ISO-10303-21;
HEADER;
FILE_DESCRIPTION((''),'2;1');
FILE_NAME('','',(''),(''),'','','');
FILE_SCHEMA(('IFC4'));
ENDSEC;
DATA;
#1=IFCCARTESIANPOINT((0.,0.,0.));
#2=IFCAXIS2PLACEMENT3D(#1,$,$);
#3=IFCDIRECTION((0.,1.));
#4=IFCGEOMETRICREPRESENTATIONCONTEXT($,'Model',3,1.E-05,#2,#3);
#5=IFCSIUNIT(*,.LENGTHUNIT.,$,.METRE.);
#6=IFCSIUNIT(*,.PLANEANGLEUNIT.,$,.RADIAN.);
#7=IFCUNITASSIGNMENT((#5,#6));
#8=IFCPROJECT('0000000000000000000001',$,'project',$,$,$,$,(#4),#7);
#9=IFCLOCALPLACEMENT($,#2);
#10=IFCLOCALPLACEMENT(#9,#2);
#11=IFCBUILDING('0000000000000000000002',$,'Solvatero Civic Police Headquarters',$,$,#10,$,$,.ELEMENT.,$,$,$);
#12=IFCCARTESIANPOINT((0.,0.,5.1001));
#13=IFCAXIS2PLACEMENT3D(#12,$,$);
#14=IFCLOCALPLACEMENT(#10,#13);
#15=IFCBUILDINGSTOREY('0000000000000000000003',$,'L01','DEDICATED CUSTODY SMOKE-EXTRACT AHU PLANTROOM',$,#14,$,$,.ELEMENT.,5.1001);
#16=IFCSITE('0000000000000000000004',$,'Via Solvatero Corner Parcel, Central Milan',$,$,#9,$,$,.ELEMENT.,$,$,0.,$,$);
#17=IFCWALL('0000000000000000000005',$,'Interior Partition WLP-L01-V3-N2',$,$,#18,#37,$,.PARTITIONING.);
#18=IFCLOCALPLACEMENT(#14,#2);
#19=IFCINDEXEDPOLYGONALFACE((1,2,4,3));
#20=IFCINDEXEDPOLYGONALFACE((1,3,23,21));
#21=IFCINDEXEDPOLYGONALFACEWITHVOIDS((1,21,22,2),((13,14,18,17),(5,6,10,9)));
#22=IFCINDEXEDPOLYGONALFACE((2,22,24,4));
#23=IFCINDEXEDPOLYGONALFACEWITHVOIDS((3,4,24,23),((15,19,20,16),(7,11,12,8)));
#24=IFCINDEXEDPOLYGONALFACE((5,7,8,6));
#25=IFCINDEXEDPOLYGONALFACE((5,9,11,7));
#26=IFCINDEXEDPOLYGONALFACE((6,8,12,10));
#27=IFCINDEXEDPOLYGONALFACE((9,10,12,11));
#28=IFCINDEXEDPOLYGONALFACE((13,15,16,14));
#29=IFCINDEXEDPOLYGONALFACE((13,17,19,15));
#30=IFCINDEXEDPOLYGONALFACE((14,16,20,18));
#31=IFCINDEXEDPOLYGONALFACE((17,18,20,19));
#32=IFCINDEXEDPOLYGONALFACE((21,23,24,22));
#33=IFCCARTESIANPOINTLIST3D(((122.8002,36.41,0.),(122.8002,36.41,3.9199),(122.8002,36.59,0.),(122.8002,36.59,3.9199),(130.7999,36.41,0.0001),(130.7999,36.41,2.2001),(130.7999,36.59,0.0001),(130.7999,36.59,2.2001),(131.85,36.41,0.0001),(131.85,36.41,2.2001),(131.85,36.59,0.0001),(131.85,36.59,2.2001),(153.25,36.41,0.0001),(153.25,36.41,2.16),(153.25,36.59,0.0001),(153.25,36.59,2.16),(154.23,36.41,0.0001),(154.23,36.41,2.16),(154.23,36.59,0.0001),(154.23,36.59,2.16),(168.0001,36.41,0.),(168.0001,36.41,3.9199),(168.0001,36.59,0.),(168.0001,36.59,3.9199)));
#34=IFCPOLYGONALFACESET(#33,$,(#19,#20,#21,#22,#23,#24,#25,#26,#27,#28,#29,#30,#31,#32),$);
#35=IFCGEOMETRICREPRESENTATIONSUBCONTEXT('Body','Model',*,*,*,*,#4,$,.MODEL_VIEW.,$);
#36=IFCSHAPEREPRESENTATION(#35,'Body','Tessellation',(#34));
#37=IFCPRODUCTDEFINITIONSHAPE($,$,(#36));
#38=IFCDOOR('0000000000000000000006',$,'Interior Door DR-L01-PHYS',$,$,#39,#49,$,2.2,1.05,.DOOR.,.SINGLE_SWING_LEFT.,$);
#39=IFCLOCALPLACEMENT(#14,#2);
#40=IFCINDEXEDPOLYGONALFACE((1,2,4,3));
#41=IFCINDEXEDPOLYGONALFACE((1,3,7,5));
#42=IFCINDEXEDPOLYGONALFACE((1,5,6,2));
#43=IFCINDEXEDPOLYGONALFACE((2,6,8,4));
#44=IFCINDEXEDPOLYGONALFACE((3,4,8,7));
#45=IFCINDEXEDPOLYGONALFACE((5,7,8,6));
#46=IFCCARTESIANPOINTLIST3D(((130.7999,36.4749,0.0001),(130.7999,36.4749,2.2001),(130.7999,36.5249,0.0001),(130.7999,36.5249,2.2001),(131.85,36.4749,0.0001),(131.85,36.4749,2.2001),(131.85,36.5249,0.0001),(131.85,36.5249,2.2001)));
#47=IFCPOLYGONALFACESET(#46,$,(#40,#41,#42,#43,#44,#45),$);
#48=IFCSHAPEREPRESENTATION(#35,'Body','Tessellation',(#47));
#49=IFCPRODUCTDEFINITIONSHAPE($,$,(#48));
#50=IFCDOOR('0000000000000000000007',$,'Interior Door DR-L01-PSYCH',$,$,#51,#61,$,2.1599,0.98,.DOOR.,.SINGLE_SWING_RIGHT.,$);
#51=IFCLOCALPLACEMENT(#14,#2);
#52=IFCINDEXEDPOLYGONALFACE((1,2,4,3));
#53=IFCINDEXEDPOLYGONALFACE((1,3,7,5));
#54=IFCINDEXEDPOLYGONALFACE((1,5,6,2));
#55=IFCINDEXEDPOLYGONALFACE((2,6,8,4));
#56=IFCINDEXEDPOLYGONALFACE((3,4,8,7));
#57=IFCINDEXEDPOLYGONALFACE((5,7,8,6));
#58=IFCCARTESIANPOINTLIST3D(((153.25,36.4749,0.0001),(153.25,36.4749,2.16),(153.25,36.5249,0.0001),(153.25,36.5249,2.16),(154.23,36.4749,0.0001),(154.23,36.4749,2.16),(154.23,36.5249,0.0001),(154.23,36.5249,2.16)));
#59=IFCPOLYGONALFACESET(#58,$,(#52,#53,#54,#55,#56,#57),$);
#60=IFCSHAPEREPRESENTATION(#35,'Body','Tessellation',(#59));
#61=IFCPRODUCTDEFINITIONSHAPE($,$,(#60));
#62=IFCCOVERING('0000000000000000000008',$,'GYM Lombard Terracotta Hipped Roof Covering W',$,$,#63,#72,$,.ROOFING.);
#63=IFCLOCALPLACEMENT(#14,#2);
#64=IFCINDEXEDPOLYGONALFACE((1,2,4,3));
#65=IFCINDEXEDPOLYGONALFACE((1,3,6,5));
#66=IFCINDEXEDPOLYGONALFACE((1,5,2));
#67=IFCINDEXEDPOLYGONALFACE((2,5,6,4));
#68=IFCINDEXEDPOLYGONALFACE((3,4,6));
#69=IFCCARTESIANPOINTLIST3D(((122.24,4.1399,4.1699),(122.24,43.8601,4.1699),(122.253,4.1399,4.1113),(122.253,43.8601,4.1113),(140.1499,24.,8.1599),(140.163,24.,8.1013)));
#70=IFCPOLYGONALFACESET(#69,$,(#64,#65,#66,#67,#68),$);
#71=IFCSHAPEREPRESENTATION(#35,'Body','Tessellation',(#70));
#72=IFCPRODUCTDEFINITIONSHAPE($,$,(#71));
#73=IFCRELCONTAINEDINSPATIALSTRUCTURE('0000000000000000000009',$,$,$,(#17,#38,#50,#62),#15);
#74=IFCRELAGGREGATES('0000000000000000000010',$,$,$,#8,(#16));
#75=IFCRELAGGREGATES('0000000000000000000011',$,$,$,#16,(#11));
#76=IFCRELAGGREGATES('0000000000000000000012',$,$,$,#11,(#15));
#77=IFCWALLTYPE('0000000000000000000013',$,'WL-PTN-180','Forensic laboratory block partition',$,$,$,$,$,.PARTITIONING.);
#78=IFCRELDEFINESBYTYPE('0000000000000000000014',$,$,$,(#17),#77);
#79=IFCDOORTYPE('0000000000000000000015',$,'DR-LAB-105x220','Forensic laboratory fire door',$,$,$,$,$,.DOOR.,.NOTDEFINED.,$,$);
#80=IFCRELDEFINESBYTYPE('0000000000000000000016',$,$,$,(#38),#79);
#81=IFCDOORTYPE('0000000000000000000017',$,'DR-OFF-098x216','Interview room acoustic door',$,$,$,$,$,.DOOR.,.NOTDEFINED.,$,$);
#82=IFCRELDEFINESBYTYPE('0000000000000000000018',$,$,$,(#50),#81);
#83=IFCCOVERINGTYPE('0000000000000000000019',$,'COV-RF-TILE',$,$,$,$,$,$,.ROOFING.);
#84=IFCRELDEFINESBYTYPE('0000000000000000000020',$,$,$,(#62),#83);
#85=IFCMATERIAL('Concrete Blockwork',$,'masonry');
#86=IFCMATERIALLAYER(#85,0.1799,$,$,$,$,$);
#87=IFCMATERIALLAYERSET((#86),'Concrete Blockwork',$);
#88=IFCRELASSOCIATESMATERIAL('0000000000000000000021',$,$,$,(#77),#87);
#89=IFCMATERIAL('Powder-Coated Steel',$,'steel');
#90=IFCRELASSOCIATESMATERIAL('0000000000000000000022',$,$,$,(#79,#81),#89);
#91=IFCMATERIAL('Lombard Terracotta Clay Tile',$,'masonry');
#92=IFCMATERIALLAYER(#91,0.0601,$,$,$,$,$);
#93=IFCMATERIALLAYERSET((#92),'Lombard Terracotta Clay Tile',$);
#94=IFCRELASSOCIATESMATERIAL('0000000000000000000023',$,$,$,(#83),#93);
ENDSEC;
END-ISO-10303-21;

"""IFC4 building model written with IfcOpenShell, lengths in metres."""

from ifc_helpers import new_model, si_unit, direction, frame, frame_2d, origin, place, context, subcontext, project, spatial, polyline, rectangle, outline, extrude, material, layer, layer_set, type_object, element, fill, save


model = new_model("IFC4")

# Units and contexts
model_context = context("Model", 3, precision=1e-05, world=origin(), true_north=direction((0.0, 1.0)))
body_context = subcontext(model_context, "Body", "Model", "MODEL_VIEW")
ifc_project = project(units=[si_unit("LENGTHUNIT", "METRE"), si_unit("PLANEANGLEUNIT", "RADIAN")], contexts=[model_context])

# Site, building, storey
site_placement = place(None, origin())
site = spatial("IfcSite", under=ifc_project, at=site_placement, Name="Via Solvatero Corner Parcel, Central Milan", CompositionType="ELEMENT", RefElevation=0.0)
building_placement = place(site_placement, origin())
building = spatial("IfcBuilding", under=site, at=building_placement, Name="Solvatero Civic Police Headquarters", CompositionType="ELEMENT")
storey_placement = place(building_placement, frame((0.0, 0.0, 5.1001)))
storey = spatial("IfcBuildingStorey", under=building, at=storey_placement, Name="L01", Description="DEDICATED CUSTODY SMOKE-EXTRACT AHU PLANTROOM", CompositionType="ELEMENT", Elevation=5.1001)

# Wall, openings, doors
ifc_material_1 = material(Name="Concrete Blockwork", Category="masonry")
ifc_layer_1 = layer(ifc_material_1, 0.1799)
ifc_layer_set_1 = layer_set([ifc_layer_1], Name="Concrete Blockwork")
wall_type_1 = type_object("IfcWallType", Name="WL-PTN-180", Description="Forensic laboratory block partition", PredefinedType="PARTITIONING", material=ifc_layer_set_1)
wall_1_placement = place(storey_placement, frame((122.8, 36.5, 0.0), z_axis=(0.0, 0.0, 1.0), x_axis=(1.0, 0.0, 0.0)))
wall_1 = element("IfcWall", 1, at=wall_1_placement, inside=storey, type_object=wall_type_1, Name="Interior Partition WLP-L01-V3-N2", PredefinedType="PARTITIONING", context=body_context, shape_type="SweptSolid", body=[
    extrude(rectangle(XDim=45.2, YDim=0.1799, at=frame_2d((22.6001, 0.0))), origin(), (0.0, 0.0, 1.0), 3.9199),
])
opening_1_placement = place(wall_1_placement, frame((8.0, 0.0, 0.0)))
opening_1 = element("IfcOpeningElement", 2, at=opening_1_placement, cuts=wall_1, PredefinedType="OPENING", context=body_context, shape_type="SweptSolid", body=[
    extrude(rectangle(XDim=1.05, YDim=2.2, at=frame_2d((0.5249, 1.1001))), frame((0.0, 0.0999, 0.0), z_axis=(0.0, -1.0, 0.0), x_axis=(1.0, 0.0, 0.0)), (0.0, 0.0, 1.0), 0.2),
])
opening_2_placement = place(wall_1_placement, frame((30.45, 0.0, 0.0)))
opening_2 = element("IfcOpeningElement", 3, at=opening_2_placement, cuts=wall_1, PredefinedType="OPENING", context=body_context, shape_type="SweptSolid", body=[
    extrude(rectangle(XDim=0.98, YDim=2.1599, at=frame_2d((0.49, 1.0801))), frame((0.0, 0.0999, 0.0), z_axis=(0.0, -1.0, 0.0), x_axis=(1.0, 0.0, 0.0)), (0.0, 0.0, 1.0), 0.2),
])
ifc_material_2 = material(Name="Powder-Coated Steel", Category="steel")
door_type_1 = type_object("IfcDoorType", Name="DR-LAB-105x220", Description="Forensic laboratory fire door", OperationType="NOTDEFINED", PredefinedType="DOOR", material=ifc_material_2)
door_1_placement = place(opening_1_placement, origin())
door_1 = element("IfcDoor", 4, at=door_1_placement, inside=storey, type_object=door_type_1, Name="Interior Door DR-L01-PHYS", OperationType="SINGLE_SWING_LEFT", OverallHeight=2.2, OverallWidth=1.05, PredefinedType="DOOR", context=body_context, shape_type="SweptSolid", body=[
    extrude(rectangle(XDim=1.05, YDim=2.2, at=frame_2d((0.5249, 1.1001))), frame((0.0, 0.0249, 0.0), z_axis=(0.0, -1.0, 0.0), x_axis=(1.0, 0.0, 0.0)), (0.0, 0.0, 1.0), 0.05),
])
fill(opening_1, door_1)
door_type_2 = type_object("IfcDoorType", Name="DR-OFF-098x216", Description="Interview room acoustic door", OperationType="NOTDEFINED", PredefinedType="DOOR", material=ifc_material_2)
door_2_placement = place(opening_2_placement, origin())
door_2 = element("IfcDoor", 5, at=door_2_placement, inside=storey, type_object=door_type_2, Name="Interior Door DR-L01-PSYCH", OperationType="SINGLE_SWING_RIGHT", OverallHeight=2.1599, OverallWidth=0.98, PredefinedType="DOOR", context=body_context, shape_type="SweptSolid", body=[
    extrude(rectangle(XDim=0.98, YDim=2.1599, at=frame_2d((0.49, 1.0801))), frame((0.0, 0.0249, 0.0), z_axis=(0.0, -1.0, 0.0), x_axis=(1.0, 0.0, 0.0)), (0.0, 0.0, 1.0), 0.05),
])
fill(opening_2, door_2)

# Covering
ifc_material_3 = material(Name="Lombard Terracotta Clay Tile", Category="masonry")
ifc_layer_2 = layer(ifc_material_3, 0.0601)
ifc_layer_set_2 = layer_set([ifc_layer_2], Name="Lombard Terracotta Clay Tile")
covering_type = type_object("IfcCoveringType", Name="COV-RF-TILE", PredefinedType="ROOFING", material=ifc_layer_set_2)
covering_placement = place(storey_placement, frame((122.24, 43.8601, 4.1699), z_axis=(-0.21745, 0.0, 0.976071), x_axis=(0.0, -1.0, 0.0)))
element("IfcCovering", 6, at=covering_placement, inside=storey, type_object=covering_type, Name="GYM Lombard Terracotta Hipped Roof Covering W", PredefinedType="ROOFING", context=body_context, shape_type="SweptSolid", body=[
    extrude(outline(polyline([(0.0, 0.0), (39.7202, 0.0), (19.8601, 18.349), (0.0, 0.0)])), origin(), (0.0, 0.0, -1.0), 0.0601),
])

save(model, "model.ifc")
